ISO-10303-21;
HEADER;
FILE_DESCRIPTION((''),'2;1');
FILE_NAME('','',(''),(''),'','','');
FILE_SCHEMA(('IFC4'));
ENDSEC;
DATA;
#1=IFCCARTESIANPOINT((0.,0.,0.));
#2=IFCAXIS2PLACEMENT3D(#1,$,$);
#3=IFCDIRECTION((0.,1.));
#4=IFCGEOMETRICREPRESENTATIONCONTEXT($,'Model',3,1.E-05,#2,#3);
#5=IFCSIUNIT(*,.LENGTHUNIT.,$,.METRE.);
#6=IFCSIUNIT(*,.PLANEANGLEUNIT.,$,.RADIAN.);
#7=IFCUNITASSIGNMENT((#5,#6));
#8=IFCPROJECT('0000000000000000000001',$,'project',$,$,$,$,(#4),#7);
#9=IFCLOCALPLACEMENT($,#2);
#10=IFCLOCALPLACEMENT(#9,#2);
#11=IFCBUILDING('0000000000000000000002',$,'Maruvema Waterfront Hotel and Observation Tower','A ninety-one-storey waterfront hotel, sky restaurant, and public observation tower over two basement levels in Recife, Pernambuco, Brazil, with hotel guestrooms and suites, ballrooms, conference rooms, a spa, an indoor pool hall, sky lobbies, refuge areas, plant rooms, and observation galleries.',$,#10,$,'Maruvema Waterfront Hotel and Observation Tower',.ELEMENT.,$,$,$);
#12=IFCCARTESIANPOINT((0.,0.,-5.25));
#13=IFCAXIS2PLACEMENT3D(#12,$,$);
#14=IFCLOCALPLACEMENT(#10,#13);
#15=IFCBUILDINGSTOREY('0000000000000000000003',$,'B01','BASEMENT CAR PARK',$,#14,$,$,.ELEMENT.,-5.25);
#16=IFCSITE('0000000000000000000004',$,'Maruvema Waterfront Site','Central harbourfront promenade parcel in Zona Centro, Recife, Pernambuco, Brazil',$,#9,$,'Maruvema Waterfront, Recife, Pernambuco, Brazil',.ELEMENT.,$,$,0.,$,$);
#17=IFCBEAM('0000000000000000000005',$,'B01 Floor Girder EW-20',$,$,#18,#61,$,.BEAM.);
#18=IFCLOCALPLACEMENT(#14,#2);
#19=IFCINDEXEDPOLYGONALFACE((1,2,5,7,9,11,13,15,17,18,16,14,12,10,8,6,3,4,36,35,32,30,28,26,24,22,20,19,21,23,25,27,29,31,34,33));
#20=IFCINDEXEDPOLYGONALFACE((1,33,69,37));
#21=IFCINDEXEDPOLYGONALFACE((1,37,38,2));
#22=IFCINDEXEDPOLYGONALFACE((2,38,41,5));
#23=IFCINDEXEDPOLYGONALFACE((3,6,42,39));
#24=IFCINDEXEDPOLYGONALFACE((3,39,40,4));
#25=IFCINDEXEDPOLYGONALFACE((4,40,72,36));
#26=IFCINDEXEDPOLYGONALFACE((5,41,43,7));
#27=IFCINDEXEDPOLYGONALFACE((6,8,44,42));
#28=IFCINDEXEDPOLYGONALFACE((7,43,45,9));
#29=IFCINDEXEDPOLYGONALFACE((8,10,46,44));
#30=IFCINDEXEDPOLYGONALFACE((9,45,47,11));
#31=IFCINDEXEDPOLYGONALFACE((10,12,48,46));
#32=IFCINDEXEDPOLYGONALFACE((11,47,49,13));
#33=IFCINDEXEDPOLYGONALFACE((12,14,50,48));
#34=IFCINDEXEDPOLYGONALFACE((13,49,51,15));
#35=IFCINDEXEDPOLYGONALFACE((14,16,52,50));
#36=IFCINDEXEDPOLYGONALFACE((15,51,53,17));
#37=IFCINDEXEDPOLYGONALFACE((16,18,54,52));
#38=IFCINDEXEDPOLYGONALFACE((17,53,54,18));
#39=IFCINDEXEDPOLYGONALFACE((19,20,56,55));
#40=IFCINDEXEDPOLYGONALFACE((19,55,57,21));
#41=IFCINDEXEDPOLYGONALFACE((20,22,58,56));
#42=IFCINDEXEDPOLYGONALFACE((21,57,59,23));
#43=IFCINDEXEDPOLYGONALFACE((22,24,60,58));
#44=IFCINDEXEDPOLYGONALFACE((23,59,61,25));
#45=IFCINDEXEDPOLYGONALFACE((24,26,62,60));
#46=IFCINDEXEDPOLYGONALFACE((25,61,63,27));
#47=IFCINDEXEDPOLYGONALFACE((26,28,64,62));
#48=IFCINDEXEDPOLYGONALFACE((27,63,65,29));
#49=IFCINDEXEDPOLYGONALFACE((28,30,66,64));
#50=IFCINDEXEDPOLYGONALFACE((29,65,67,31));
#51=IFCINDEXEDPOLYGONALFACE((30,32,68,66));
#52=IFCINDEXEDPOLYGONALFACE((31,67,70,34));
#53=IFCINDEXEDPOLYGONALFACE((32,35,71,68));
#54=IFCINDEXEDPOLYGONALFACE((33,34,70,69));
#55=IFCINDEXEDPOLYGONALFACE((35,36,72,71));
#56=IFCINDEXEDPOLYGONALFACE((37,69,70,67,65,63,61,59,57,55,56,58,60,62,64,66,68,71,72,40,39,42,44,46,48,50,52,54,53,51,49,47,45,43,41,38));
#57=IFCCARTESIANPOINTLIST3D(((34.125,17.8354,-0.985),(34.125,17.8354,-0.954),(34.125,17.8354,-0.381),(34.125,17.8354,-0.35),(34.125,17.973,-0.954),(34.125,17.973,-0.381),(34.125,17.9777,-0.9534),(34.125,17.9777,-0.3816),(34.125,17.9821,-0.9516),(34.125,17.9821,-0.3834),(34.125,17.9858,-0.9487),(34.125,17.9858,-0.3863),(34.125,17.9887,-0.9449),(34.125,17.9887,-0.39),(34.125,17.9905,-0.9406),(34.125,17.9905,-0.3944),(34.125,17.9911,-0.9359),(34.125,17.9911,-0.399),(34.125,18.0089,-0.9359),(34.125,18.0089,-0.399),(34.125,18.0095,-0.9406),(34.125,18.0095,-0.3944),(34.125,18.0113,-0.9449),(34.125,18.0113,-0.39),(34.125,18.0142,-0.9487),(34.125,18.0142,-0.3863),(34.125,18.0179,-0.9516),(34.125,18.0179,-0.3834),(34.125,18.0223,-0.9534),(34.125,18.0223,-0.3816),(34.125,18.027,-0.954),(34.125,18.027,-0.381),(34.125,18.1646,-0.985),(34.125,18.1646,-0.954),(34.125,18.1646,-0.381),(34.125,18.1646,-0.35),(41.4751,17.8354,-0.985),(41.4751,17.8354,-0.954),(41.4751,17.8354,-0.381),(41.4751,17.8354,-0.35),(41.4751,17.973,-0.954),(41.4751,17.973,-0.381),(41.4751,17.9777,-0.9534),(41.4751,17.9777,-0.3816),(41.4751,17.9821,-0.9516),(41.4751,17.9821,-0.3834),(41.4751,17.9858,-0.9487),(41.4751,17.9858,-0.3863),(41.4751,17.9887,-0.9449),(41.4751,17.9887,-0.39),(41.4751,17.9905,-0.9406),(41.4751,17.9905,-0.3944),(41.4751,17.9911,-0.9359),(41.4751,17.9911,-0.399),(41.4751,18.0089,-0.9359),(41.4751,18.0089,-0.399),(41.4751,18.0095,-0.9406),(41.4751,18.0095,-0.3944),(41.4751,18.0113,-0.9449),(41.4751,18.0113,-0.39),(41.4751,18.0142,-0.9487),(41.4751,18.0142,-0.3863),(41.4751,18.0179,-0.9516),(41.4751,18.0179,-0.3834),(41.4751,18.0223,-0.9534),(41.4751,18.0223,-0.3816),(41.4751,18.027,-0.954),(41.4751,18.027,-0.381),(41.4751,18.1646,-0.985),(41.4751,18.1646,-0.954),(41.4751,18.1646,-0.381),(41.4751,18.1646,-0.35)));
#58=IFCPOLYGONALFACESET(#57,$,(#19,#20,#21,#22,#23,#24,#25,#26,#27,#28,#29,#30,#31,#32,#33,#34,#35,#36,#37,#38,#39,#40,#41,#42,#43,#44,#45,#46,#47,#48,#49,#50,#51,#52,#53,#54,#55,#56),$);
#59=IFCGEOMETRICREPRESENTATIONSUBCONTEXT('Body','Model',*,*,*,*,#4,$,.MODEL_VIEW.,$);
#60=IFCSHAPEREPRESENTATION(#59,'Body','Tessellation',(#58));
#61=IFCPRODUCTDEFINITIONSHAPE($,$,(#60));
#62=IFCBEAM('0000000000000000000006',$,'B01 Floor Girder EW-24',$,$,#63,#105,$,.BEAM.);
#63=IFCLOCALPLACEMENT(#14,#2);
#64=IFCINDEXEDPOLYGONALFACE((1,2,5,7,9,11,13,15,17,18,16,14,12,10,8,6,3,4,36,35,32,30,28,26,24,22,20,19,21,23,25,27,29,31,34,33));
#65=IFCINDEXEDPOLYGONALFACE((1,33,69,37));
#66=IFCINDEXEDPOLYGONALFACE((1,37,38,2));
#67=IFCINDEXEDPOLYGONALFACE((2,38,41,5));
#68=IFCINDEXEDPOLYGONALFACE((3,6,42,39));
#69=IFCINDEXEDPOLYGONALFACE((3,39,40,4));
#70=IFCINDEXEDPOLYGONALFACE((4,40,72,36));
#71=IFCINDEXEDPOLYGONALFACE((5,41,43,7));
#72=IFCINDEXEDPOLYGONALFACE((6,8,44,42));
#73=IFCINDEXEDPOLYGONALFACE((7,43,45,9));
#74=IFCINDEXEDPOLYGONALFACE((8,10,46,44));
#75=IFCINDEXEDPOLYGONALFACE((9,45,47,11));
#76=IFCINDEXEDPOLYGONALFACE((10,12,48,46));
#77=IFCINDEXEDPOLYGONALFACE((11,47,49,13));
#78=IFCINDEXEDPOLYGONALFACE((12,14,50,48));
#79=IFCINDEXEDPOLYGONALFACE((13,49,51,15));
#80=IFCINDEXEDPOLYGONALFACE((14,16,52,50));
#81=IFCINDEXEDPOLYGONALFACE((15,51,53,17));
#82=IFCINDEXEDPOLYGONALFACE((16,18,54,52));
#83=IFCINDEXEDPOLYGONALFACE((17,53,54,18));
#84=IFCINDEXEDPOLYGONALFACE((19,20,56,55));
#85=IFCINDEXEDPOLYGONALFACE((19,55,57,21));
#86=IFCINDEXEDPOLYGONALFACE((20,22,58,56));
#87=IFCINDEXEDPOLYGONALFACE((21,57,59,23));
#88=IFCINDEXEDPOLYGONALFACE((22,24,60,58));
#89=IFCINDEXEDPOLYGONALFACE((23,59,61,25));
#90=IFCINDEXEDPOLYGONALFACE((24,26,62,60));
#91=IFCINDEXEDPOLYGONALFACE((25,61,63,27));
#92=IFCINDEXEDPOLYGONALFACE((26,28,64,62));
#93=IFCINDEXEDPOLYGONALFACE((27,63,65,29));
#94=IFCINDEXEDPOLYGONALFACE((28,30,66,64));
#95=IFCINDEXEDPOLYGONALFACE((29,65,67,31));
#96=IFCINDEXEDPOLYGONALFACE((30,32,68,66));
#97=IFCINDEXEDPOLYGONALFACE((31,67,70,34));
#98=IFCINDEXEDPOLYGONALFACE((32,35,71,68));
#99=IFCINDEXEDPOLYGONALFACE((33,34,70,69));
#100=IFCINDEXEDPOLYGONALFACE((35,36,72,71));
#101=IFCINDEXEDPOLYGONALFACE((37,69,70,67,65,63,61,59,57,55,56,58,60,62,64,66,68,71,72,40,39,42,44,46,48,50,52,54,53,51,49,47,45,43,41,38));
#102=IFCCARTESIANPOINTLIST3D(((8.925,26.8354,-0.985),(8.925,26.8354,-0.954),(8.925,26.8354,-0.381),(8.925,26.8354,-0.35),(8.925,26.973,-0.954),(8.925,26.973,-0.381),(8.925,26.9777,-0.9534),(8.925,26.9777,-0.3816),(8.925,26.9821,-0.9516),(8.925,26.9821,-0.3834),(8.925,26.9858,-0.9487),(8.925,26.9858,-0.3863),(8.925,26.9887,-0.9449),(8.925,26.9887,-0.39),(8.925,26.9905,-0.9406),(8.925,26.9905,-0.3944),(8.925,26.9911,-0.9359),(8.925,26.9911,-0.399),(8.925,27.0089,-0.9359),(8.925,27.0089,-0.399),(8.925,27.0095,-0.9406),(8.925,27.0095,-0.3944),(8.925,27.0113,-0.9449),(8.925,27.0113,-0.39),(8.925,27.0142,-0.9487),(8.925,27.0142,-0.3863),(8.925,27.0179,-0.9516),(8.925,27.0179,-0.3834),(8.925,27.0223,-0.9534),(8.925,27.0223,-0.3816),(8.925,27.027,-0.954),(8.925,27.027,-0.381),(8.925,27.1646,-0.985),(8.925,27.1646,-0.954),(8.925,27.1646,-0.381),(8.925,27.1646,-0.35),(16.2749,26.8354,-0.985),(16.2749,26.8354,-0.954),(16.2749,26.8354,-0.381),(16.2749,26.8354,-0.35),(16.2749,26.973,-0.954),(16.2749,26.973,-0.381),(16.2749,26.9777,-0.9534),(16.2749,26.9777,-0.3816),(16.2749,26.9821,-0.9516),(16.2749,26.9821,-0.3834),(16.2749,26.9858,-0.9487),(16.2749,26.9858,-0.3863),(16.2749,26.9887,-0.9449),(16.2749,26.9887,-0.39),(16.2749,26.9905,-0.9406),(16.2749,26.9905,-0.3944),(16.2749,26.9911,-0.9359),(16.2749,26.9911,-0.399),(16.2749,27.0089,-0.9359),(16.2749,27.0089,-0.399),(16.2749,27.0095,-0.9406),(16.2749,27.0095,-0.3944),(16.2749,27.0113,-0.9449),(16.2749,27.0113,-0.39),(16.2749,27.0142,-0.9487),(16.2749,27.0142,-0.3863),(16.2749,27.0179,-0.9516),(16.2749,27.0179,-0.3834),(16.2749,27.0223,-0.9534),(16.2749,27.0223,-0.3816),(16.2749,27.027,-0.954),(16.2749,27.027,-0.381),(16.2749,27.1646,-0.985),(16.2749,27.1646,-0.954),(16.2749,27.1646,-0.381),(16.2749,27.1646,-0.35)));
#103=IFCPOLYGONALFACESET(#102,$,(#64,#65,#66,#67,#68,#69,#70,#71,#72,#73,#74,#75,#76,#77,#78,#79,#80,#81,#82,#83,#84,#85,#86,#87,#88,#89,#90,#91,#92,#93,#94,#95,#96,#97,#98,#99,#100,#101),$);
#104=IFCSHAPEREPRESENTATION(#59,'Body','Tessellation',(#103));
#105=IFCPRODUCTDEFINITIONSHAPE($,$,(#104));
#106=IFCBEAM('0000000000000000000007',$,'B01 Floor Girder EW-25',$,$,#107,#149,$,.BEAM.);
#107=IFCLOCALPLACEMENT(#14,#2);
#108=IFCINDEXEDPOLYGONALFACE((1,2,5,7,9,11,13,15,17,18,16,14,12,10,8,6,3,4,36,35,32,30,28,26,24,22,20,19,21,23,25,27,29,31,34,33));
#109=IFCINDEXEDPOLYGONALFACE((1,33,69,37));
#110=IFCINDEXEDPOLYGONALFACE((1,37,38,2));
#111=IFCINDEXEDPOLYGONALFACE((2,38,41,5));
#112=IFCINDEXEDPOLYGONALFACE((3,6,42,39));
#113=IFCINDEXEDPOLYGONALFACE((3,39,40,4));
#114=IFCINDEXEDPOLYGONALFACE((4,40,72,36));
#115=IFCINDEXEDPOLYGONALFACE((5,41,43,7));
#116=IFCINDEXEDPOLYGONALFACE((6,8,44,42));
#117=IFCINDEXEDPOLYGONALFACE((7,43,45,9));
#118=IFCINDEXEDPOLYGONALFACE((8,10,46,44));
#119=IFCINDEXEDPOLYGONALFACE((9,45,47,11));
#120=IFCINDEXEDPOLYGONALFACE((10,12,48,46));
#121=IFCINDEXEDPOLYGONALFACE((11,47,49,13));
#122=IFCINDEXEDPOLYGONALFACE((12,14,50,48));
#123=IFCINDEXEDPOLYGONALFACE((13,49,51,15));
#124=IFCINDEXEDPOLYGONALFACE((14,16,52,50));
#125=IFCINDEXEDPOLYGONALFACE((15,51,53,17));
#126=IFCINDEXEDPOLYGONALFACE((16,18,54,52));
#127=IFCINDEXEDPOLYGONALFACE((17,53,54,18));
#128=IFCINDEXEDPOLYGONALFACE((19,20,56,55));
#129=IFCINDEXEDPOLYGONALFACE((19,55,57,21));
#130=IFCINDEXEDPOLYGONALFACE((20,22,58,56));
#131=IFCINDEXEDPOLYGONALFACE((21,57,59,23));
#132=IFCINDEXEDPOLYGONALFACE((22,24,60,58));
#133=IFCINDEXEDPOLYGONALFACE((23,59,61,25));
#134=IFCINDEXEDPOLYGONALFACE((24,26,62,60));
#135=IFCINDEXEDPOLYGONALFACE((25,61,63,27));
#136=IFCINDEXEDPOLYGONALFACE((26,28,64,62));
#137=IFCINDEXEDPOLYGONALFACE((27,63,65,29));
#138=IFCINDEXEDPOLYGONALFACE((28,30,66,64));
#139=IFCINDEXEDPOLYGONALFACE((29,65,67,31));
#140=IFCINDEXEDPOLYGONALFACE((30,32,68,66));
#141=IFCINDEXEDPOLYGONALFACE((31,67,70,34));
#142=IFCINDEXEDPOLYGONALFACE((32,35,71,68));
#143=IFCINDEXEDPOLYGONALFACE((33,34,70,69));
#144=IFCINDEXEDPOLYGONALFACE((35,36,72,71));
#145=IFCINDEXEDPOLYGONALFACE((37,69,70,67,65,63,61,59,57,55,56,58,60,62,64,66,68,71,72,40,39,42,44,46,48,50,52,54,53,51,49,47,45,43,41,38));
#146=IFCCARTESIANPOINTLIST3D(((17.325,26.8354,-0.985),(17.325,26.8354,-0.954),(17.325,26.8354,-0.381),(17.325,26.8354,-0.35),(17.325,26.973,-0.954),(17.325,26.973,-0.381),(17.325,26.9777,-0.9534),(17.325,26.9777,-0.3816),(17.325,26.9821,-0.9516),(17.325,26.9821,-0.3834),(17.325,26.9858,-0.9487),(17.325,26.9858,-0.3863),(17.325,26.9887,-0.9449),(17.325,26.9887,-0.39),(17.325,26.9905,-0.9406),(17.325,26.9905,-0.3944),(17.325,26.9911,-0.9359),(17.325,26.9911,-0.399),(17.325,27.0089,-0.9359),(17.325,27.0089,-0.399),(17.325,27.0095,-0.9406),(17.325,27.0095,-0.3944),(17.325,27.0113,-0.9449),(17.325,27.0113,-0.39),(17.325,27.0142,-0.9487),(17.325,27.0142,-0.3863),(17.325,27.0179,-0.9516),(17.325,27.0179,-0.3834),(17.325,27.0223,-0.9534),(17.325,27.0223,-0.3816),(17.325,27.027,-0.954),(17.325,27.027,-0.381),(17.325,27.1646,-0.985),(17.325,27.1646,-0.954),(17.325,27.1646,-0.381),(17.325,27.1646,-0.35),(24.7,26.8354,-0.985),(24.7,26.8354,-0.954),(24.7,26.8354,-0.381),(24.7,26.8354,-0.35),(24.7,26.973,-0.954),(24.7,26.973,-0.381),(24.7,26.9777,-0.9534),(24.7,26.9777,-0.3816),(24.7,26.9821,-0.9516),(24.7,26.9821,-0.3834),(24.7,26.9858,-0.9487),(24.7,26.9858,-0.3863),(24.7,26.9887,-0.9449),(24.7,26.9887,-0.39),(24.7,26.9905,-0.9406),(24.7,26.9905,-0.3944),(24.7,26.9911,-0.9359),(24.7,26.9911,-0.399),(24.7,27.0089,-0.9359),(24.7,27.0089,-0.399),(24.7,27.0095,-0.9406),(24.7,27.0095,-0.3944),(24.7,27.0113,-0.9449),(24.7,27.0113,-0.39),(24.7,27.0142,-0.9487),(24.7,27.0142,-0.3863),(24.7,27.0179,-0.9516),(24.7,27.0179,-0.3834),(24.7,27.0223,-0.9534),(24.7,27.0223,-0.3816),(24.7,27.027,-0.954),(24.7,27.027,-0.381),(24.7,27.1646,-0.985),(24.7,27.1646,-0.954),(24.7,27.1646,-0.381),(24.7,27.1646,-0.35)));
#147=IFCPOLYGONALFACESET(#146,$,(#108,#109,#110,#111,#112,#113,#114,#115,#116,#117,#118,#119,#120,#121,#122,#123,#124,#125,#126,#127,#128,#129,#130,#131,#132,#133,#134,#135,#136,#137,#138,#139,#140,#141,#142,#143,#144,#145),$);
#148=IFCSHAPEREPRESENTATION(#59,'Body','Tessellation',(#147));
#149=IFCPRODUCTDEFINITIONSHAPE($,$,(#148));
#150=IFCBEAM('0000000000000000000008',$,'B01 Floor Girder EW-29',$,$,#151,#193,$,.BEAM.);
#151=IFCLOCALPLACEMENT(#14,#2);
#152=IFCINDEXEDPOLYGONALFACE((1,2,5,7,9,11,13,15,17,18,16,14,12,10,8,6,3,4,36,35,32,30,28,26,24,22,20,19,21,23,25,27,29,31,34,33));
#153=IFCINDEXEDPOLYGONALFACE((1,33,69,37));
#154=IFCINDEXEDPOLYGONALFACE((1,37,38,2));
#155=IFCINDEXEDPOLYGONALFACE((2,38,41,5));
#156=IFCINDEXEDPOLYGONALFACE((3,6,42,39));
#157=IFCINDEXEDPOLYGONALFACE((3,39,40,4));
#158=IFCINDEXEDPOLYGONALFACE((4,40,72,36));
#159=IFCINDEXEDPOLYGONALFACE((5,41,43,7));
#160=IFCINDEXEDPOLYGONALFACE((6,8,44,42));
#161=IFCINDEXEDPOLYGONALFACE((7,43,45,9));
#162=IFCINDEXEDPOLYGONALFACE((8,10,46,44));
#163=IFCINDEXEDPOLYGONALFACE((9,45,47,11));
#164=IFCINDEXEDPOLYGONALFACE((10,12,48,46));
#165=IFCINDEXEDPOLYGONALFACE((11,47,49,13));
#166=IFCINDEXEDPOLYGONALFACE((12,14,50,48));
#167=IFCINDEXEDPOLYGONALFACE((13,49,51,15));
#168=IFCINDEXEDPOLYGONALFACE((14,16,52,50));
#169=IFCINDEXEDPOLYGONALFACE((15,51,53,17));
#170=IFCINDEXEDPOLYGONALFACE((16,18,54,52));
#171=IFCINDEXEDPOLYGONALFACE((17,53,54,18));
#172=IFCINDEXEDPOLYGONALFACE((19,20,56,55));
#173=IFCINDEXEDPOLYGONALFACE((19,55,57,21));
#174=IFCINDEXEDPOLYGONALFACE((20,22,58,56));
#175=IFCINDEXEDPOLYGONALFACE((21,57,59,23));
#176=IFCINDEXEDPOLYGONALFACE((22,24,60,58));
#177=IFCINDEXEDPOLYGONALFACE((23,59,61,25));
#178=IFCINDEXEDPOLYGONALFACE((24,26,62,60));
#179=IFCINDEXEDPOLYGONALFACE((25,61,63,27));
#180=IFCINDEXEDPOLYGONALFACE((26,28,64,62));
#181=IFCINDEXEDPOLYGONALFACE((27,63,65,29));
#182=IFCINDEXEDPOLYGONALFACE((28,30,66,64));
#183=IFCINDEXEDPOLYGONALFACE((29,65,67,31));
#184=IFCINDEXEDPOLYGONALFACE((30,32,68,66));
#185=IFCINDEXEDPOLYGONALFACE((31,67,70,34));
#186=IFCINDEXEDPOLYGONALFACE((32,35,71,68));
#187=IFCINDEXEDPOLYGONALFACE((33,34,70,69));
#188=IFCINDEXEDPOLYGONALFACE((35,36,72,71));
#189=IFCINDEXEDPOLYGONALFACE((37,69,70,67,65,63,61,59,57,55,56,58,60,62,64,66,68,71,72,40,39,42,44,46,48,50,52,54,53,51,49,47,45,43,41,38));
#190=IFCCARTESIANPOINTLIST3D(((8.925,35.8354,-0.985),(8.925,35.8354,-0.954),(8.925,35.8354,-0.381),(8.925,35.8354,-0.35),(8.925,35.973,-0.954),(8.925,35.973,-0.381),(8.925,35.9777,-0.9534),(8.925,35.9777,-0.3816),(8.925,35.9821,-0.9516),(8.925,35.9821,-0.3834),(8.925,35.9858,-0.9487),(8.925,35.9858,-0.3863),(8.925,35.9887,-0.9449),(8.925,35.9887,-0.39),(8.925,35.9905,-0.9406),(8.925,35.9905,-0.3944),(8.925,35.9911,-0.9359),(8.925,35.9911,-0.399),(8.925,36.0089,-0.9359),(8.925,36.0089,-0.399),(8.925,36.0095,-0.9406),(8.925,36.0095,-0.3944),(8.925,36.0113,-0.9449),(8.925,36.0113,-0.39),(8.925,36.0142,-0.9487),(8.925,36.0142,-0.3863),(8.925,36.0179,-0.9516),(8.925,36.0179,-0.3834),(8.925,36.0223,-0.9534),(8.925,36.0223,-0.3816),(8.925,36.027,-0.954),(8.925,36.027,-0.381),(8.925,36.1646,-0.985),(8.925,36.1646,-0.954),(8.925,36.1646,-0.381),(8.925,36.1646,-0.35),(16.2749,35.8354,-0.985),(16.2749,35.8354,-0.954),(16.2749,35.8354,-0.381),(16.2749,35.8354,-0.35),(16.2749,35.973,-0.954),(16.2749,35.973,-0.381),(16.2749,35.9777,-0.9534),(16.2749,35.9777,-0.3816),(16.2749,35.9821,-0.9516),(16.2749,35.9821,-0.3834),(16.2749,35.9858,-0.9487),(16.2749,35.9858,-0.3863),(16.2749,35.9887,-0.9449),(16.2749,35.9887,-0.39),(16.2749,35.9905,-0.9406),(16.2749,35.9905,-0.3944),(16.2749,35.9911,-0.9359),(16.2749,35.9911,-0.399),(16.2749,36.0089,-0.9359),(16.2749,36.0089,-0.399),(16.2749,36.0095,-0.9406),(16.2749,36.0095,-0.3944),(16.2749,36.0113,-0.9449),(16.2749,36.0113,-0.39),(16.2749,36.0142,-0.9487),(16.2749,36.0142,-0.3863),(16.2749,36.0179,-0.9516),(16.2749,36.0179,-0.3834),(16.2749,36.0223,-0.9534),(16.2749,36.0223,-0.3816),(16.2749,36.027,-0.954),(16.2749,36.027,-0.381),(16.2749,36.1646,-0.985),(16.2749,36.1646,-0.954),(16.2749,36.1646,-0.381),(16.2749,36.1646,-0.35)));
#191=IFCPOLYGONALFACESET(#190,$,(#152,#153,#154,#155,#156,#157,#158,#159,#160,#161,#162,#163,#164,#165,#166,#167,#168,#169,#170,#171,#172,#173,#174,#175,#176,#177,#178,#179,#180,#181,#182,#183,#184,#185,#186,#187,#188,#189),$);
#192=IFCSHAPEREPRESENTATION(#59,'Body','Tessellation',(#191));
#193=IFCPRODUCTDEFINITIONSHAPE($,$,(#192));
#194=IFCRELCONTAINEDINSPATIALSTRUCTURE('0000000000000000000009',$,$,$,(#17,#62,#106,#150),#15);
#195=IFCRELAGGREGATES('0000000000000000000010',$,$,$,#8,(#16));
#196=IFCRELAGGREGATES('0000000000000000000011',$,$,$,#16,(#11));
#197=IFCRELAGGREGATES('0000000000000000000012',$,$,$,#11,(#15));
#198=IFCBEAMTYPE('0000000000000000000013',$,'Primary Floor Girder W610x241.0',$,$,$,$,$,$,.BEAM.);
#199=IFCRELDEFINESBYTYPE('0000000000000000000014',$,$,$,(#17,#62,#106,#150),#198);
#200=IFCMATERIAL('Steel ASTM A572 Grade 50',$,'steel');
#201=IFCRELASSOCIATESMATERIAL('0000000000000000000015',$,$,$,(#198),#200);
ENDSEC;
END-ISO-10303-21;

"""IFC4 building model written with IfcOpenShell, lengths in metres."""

from ifc_helpers import new_model, si_unit, direction, frame, origin, origin_2d, place, context, subcontext, project, spatial, i_section, extrude, material, material_profile, profile_set, type_object, element, save


model = new_model("IFC4")

# Units and contexts
model_context = context("Model", 3, precision=1e-05, world=origin(), true_north=direction((0.0, 1.0)))
body_context = subcontext(model_context, "Body", "Model", "MODEL_VIEW")
ifc_project = project(units=[si_unit("LENGTHUNIT", "METRE"), si_unit("PLANEANGLEUNIT", "RADIAN")], contexts=[model_context])

# Site, building, storey
site_placement = place(None, origin())
site = spatial("IfcSite", under=ifc_project, at=site_placement, Name="Maruvema Waterfront Site", Description="Central harbourfront promenade parcel in Zona Centro, Recife, Pernambuco, Brazil", LongName="Maruvema Waterfront, Recife, Pernambuco, Brazil", CompositionType="ELEMENT", RefElevation=0.0)
building_placement = place(site_placement, origin())
building = spatial("IfcBuilding", under=site, at=building_placement, Name="Maruvema Waterfront Hotel and Observation Tower", Description="A ninety-one-storey waterfront hotel, sky restaurant, and public observation tower over two basement levels in Recife, Pernambuco, Brazil, with hotel guestrooms and suites, ballrooms, conference rooms, a spa, an indoor pool hall, sky lobbies, refuge areas, plant rooms, and observation galleries.", LongName="Maruvema Waterfront Hotel and Observation Tower", CompositionType="ELEMENT")
storey_placement = place(building_placement, frame((0.0, 0.0, -5.25)))
storey = spatial("IfcBuildingStorey", under=building, at=storey_placement, Name="B01", Description="BASEMENT CAR PARK", CompositionType="ELEMENT", Elevation=-5.25)

# Beams
ifc_material_1 = material(Name="Steel ASTM A572 Grade 50", Category="steel")
ifc_material_profile_1 = material_profile(ifc_material_1, i_section(OverallWidth=0.3291, OverallDepth=0.635, WebThickness=0.0178, FlangeThickness=0.031, FilletRadius=0.0181, at=origin_2d()), Name="W610x241.0")
ifc_profile_set_1 = profile_set([ifc_material_profile_1], Name="Steel ASTM A572 Grade 50")
beam_type_1 = type_object("IfcBeamType", Name="Primary Floor Girder W610x241.0", PredefinedType="BEAM", material=ifc_profile_set_1)
beam_1_placement = place(storey_placement, frame((34.125, 18.0, -0.6675), z_axis=(1.0, 0.0, 0.0), x_axis=(0.0, 1.0, 0.0)))
element("IfcBeam", 1, at=beam_1_placement, inside=storey, type_object=beam_type_1, Name="B01 Floor Girder EW-20", PredefinedType="BEAM", context=body_context, shape_type="SweptSolid", body=[
    extrude(i_section(OverallWidth=0.3291, OverallDepth=0.635, WebThickness=0.0178, FlangeThickness=0.031, FilletRadius=0.0181, at=origin_2d()), origin(), (0.0, 0.0, 1.0), 7.3501),
])
beam_2_placement = place(storey_placement, frame((8.925, 27.0, -0.6675), z_axis=(1.0, 0.0, 0.0), x_axis=(0.0, 1.0, 0.0)))
element("IfcBeam", 2, at=beam_2_placement, inside=storey, type_object=beam_type_1, Name="B01 Floor Girder EW-24", PredefinedType="BEAM", context=body_context, shape_type="SweptSolid", body=[
    extrude(i_section(OverallWidth=0.3291, OverallDepth=0.635, WebThickness=0.0178, FlangeThickness=0.031, FilletRadius=0.0181, at=origin_2d()), origin(), (0.0, 0.0, 1.0), 7.3499),
])
beam_3_placement = place(storey_placement, frame((17.325, 27.0, -0.6675), z_axis=(1.0, 0.0, 0.0), x_axis=(0.0, 1.0, 0.0)))
element("IfcBeam", 3, at=beam_3_placement, inside=storey, type_object=beam_type_1, Name="B01 Floor Girder EW-25", PredefinedType="BEAM", context=body_context, shape_type="SweptSolid", body=[
    extrude(i_section(OverallWidth=0.3291, OverallDepth=0.635, WebThickness=0.0178, FlangeThickness=0.031, FilletRadius=0.0181, at=origin_2d()), origin(), (0.0, 0.0, 1.0), 7.375),
])
beam_4_placement = place(storey_placement, frame((8.925, 36.0, -0.6675), z_axis=(1.0, 0.0, 0.0), x_axis=(0.0, 1.0, 0.0)))
element("IfcBeam", 4, at=beam_4_placement, inside=storey, type_object=beam_type_1, Name="B01 Floor Girder EW-29", PredefinedType="BEAM", context=body_context, shape_type="SweptSolid", body=[
    extrude(i_section(OverallWidth=0.3291, OverallDepth=0.635, WebThickness=0.0178, FlangeThickness=0.031, FilletRadius=0.0181, at=origin_2d()), origin(), (0.0, 0.0, 1.0), 7.3499),
])

save(model, "model.ifc")
